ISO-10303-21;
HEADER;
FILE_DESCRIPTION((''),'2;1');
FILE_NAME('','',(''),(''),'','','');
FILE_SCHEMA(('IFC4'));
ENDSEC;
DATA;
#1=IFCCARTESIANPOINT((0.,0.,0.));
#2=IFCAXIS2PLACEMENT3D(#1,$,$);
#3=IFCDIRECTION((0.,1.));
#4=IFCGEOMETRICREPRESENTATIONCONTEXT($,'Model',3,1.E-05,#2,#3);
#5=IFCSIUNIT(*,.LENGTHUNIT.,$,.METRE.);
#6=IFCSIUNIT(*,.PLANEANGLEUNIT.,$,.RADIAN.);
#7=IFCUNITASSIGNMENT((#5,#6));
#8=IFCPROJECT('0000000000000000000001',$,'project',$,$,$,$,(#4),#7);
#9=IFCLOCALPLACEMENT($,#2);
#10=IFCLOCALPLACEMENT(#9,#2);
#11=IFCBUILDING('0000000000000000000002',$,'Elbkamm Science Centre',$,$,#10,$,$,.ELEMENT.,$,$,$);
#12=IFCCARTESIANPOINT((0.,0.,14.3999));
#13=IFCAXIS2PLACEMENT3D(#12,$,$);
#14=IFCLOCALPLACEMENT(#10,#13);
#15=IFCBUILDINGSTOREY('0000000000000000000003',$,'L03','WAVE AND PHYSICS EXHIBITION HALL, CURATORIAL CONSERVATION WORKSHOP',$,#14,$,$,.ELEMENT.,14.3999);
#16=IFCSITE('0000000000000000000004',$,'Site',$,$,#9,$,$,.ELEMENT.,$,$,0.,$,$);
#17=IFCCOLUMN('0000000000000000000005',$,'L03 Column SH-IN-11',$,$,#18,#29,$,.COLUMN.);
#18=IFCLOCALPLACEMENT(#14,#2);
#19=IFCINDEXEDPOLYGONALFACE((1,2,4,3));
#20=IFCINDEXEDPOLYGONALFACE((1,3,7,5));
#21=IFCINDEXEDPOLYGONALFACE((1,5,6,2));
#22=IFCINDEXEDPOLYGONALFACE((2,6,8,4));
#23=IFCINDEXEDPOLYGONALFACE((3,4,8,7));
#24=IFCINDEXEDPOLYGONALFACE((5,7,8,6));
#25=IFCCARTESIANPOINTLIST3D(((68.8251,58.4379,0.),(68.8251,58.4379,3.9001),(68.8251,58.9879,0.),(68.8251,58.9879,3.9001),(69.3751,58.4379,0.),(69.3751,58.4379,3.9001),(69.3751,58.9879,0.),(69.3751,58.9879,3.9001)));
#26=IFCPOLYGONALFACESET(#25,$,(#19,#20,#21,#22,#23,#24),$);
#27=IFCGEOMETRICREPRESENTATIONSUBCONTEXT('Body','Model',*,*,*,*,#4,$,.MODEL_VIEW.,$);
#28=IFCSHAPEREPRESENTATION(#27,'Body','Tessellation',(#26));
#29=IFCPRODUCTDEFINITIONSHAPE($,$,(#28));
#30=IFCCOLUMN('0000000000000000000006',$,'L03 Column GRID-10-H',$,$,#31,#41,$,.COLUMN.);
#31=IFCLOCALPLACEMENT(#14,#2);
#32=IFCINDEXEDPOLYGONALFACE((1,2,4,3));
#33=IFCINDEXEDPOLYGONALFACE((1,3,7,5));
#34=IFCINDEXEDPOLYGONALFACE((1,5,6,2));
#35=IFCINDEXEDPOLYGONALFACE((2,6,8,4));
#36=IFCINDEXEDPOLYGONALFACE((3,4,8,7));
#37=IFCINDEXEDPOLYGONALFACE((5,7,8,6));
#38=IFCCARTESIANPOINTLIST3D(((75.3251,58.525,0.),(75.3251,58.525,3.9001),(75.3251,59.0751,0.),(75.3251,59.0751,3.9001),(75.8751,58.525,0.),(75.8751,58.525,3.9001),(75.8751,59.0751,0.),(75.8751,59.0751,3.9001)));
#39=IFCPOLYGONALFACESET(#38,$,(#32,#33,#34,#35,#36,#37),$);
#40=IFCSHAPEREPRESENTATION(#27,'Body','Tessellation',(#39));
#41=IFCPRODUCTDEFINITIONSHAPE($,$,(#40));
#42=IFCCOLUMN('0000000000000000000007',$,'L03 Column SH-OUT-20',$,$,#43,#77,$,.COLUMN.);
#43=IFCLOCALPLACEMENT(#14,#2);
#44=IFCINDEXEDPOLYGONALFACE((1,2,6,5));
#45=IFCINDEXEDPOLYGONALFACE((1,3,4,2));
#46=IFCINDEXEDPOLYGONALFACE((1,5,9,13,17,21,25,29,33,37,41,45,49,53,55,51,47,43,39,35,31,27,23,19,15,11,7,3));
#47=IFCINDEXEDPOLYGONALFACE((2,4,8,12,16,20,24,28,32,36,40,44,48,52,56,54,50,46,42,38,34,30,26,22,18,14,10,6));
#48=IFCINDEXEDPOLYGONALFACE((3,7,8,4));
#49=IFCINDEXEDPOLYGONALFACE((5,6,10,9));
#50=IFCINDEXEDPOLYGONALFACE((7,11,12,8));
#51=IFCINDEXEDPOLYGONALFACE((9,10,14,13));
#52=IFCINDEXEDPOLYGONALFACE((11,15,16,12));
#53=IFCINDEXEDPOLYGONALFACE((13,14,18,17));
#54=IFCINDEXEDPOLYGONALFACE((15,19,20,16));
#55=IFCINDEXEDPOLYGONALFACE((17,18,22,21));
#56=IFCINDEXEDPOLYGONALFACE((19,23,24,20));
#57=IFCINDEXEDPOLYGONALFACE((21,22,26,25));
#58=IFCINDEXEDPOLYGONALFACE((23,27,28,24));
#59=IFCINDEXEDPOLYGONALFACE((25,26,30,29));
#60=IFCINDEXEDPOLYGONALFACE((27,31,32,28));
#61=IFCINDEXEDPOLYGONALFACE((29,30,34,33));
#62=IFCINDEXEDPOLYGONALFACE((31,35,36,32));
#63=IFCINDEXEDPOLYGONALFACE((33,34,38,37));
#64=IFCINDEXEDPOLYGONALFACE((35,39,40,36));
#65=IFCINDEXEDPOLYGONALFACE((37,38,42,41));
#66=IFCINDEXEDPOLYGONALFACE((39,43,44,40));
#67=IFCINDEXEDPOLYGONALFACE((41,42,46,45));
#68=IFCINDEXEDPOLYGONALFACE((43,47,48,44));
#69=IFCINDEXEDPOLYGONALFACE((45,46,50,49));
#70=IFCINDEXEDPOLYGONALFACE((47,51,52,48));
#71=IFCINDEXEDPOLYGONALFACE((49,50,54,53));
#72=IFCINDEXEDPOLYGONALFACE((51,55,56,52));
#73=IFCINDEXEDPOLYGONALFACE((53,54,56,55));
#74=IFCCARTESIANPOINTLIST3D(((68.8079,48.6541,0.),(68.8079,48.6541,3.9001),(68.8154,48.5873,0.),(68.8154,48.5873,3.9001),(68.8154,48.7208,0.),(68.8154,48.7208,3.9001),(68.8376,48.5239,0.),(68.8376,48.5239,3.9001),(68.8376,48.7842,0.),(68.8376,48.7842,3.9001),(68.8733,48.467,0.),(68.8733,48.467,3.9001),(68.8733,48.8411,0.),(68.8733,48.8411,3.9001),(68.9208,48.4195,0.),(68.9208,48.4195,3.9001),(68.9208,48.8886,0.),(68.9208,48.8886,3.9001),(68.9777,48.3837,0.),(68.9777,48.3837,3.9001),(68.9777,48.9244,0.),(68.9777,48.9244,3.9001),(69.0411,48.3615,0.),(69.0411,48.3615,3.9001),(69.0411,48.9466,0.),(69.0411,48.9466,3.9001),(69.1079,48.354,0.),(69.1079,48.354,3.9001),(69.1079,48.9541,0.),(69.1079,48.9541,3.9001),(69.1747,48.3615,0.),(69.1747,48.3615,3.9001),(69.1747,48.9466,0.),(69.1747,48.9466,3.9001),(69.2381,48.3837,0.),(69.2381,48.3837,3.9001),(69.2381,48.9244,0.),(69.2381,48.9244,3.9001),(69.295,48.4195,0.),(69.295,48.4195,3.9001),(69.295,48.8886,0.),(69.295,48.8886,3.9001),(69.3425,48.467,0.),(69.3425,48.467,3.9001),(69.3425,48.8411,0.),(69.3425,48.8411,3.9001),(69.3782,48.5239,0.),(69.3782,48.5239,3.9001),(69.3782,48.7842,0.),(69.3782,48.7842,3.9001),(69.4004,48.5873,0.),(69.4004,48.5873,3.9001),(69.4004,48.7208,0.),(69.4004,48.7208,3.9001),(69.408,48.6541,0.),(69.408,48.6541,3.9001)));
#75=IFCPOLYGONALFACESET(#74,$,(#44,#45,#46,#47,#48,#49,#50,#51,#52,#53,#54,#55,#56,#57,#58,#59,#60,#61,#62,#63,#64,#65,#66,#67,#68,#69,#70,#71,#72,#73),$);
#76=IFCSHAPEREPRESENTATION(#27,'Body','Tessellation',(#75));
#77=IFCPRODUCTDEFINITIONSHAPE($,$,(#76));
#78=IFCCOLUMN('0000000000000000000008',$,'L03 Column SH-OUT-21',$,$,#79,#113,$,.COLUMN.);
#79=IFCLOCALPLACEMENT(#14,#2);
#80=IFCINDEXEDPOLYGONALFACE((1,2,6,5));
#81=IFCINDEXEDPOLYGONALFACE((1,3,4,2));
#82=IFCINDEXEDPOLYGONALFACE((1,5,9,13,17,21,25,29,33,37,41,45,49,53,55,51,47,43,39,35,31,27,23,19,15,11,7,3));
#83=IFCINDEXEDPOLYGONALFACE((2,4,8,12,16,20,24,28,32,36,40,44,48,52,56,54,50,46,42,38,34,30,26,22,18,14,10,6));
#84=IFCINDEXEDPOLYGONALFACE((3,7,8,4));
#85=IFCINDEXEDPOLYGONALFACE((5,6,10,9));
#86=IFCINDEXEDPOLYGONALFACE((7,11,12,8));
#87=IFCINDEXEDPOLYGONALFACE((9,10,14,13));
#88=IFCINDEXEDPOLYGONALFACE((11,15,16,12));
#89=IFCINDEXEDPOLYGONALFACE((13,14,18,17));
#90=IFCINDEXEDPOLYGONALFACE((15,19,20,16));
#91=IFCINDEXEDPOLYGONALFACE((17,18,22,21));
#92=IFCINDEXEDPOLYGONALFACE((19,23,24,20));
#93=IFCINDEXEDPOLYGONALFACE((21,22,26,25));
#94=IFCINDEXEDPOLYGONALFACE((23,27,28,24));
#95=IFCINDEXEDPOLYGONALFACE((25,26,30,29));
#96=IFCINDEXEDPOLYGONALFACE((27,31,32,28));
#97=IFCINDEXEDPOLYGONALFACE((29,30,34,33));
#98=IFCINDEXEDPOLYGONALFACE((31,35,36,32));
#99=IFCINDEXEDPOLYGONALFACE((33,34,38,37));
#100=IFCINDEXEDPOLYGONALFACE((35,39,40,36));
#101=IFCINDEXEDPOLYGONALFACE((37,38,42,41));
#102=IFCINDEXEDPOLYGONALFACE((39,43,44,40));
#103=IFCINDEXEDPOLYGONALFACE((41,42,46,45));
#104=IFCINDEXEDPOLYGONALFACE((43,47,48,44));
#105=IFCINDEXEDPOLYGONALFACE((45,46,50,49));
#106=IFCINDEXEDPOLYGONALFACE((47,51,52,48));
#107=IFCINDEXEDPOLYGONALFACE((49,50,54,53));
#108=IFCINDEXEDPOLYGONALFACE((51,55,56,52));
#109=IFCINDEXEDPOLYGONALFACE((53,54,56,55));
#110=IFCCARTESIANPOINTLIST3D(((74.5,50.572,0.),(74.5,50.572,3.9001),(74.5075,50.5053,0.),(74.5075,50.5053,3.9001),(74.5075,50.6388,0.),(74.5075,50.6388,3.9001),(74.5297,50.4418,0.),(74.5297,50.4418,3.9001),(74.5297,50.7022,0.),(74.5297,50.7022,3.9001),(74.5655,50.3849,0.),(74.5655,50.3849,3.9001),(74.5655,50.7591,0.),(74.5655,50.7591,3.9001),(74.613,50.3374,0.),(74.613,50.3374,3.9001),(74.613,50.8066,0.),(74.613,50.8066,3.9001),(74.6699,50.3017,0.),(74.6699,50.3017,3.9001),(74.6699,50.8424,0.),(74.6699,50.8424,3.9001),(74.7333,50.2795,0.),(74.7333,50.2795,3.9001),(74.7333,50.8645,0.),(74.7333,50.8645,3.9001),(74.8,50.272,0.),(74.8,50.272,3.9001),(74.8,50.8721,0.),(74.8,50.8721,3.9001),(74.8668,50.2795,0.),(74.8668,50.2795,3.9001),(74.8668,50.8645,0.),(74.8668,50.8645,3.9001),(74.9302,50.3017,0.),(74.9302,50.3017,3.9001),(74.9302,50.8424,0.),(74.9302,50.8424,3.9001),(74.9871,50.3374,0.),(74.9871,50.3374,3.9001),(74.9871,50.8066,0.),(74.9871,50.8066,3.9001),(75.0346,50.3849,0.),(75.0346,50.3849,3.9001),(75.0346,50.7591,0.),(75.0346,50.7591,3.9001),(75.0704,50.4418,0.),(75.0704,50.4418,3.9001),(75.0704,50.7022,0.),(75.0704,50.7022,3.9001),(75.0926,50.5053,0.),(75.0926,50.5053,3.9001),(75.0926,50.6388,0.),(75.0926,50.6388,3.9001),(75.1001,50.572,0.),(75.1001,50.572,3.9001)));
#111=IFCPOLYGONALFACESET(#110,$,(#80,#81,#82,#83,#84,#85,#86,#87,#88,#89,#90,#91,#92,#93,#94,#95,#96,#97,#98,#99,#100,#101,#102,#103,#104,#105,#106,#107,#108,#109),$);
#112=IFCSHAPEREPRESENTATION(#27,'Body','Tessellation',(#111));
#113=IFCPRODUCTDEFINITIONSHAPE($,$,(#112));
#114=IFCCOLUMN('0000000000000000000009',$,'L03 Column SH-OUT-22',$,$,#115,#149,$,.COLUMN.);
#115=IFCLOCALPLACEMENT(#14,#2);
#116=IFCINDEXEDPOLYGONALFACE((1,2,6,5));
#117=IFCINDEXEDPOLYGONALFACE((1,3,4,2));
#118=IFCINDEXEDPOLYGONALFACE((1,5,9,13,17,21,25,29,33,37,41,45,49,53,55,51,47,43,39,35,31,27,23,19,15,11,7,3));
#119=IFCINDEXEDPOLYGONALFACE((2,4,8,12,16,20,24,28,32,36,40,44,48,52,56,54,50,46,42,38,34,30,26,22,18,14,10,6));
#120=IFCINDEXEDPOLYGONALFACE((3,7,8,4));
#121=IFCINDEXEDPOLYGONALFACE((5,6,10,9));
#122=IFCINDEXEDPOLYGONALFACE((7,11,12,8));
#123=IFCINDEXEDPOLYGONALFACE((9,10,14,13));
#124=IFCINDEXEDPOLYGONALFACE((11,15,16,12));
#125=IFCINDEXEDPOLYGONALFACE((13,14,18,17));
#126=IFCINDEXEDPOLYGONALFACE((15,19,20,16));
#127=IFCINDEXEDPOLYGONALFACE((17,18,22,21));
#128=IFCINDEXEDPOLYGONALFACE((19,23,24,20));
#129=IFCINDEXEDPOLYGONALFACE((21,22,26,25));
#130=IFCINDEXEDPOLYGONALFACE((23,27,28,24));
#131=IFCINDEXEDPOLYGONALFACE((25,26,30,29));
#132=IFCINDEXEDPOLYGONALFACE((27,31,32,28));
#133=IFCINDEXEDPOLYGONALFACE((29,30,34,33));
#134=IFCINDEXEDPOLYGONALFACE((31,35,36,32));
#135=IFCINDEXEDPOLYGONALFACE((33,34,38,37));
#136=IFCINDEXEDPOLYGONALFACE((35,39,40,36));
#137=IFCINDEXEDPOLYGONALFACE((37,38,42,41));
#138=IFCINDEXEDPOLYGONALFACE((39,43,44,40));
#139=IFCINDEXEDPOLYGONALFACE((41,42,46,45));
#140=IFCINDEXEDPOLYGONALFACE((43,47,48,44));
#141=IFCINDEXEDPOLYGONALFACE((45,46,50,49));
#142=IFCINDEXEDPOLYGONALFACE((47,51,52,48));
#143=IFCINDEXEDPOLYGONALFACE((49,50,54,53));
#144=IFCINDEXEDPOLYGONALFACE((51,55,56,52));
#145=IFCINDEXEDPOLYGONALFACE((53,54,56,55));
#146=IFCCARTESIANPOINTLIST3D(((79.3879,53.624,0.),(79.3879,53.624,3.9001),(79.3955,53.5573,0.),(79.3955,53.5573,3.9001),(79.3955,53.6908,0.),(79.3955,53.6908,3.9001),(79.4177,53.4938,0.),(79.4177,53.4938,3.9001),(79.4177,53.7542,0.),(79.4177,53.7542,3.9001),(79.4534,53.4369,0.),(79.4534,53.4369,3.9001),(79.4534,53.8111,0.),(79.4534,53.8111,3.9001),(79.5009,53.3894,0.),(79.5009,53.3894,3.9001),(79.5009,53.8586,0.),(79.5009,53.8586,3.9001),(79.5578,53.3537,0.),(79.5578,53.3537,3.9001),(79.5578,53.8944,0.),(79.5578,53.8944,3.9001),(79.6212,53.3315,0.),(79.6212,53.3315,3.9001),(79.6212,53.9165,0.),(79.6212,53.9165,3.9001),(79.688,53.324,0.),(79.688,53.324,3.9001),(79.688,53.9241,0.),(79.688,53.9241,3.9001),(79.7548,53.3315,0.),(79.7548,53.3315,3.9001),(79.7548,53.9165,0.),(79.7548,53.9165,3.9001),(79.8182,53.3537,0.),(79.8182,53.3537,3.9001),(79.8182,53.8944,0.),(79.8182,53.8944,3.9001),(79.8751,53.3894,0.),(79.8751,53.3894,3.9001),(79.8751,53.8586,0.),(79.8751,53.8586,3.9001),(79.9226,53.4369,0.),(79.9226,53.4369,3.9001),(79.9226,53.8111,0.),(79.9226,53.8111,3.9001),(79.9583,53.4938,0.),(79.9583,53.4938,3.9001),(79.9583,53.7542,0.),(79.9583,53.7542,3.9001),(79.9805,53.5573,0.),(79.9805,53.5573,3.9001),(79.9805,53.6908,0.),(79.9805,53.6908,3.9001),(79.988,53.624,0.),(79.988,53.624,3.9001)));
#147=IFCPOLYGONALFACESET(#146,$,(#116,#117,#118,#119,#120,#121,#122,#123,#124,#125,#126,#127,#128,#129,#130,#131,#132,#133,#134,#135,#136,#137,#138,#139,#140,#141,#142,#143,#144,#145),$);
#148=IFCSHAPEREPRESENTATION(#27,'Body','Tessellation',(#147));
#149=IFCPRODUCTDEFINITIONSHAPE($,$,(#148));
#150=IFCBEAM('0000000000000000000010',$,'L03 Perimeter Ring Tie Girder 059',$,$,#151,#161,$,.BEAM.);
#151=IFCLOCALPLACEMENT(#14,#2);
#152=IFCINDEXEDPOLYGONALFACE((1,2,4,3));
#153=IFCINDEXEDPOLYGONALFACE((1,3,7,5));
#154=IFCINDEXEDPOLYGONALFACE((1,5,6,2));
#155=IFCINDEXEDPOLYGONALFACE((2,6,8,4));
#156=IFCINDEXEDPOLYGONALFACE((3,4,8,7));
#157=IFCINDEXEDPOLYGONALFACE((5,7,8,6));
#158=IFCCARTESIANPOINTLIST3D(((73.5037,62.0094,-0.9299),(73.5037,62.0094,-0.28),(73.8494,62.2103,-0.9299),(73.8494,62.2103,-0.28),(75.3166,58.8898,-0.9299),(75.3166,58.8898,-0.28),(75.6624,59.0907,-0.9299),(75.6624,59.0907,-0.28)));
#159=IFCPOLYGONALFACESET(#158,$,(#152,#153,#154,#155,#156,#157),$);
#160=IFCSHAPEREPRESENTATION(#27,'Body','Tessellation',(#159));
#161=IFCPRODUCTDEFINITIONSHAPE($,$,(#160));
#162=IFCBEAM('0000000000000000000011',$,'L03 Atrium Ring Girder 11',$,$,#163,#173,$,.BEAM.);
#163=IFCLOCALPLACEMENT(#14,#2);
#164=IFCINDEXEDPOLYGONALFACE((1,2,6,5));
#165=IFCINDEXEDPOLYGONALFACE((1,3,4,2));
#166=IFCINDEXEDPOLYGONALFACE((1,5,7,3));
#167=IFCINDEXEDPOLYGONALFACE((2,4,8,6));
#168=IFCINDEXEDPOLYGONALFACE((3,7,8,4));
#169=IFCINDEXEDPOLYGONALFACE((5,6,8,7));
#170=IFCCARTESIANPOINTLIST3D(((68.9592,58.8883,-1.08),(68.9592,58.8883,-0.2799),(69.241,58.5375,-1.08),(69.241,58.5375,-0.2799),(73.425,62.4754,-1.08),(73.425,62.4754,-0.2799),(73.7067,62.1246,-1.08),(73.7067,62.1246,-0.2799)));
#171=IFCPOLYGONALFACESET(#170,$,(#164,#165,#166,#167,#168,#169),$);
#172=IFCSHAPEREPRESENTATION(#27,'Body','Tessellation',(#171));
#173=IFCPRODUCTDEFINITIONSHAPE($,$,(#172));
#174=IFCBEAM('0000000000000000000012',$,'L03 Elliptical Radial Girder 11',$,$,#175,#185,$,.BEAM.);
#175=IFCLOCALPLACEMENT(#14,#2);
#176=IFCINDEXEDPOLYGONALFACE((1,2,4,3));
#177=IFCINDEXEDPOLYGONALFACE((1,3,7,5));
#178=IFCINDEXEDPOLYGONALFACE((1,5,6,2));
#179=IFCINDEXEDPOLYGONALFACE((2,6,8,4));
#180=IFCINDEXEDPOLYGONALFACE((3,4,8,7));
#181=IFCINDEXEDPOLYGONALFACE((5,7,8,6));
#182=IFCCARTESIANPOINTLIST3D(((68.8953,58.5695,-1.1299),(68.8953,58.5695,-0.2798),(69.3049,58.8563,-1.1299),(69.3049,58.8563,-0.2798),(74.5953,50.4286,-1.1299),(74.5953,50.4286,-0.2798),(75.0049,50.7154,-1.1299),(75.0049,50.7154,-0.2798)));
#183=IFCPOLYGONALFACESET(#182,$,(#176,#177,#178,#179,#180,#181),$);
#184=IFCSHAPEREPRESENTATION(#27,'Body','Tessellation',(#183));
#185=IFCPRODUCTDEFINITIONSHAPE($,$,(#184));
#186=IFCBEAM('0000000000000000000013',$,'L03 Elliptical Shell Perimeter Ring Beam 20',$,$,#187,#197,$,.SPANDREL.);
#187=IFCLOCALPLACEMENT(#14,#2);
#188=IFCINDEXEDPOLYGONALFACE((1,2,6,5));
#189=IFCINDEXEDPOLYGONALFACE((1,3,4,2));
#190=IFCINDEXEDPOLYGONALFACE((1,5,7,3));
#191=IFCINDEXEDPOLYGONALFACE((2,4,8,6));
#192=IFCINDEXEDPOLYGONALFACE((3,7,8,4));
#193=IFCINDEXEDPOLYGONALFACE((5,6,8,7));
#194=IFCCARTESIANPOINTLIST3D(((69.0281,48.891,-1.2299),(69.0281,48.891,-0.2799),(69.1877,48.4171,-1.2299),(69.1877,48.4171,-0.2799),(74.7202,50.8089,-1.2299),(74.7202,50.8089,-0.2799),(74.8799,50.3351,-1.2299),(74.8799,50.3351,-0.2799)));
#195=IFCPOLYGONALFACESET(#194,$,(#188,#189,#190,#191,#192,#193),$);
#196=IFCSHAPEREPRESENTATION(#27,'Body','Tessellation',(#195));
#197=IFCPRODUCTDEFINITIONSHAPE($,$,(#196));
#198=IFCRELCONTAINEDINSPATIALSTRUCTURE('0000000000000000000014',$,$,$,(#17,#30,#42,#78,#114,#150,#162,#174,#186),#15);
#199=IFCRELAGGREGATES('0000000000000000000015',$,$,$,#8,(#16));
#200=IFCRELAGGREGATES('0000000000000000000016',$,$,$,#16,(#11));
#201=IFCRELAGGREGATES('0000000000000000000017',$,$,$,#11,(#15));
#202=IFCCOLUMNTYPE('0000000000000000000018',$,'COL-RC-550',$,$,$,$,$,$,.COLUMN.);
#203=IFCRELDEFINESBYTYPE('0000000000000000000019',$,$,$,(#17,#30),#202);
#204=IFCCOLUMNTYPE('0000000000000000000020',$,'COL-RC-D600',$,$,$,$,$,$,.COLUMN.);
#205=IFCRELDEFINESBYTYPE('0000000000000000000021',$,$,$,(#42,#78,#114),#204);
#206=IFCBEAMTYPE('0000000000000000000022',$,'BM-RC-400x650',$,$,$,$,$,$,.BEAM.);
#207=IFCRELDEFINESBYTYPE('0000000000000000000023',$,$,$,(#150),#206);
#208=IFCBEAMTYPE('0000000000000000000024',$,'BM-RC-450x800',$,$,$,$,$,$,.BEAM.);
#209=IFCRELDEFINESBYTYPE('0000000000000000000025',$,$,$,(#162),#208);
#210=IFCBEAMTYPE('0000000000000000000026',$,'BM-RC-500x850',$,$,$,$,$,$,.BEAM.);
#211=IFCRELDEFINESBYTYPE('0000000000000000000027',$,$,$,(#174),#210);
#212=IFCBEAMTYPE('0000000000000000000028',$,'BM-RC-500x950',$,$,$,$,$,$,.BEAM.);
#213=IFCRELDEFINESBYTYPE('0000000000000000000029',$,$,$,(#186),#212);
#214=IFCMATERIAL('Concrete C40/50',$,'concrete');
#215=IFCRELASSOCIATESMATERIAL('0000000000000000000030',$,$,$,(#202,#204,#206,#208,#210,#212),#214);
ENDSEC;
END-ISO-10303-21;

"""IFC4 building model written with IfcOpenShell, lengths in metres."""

from ifc_helpers import new_model, si_unit, direction, frame, origin, origin_2d, place, context, subcontext, project, spatial, rectangle, circle, extrude, material, material_profile, profile_set, type_object, element, save


model = new_model("IFC4")

# Units and contexts
model_context = context("Model", 3, precision=1e-05, world=origin(), true_north=direction((0.0, 1.0)))
body_context = subcontext(model_context, "Body", "Model", "MODEL_VIEW")
ifc_project = project(units=[si_unit("LENGTHUNIT", "METRE"), si_unit("PLANEANGLEUNIT", "RADIAN")], contexts=[model_context])

# Site, building, storey
site_placement = place(None, origin())
site = spatial("IfcSite", under=ifc_project, at=site_placement, Name="Site", CompositionType="ELEMENT", RefElevation=0.0)
building_placement = place(site_placement, origin())
building = spatial("IfcBuilding", under=site, at=building_placement, Name="Elbkamm Science Centre", CompositionType="ELEMENT")
storey_placement = place(building_placement, frame((0.0, 0.0, 14.3999)))
storey = spatial("IfcBuildingStorey", under=building, at=storey_placement, Name="L03", Description="WAVE AND PHYSICS EXHIBITION HALL, CURATORIAL CONSERVATION WORKSHOP", CompositionType="ELEMENT", Elevation=14.3999)

# Columns
ifc_material_1 = material(Name="Concrete C40/50", Category="concrete")
ifc_material_profile_1 = material_profile(ifc_material_1, rectangle(XDim=0.55, YDim=0.55, at=origin_2d()), Name="RC 550x550")
ifc_profile_set_1 = profile_set([ifc_material_profile_1], Name="Concrete C40/50")
column_type_1 = type_object("IfcColumnType", Name="COL-RC-550", PredefinedType="COLUMN", material=ifc_profile_set_1)
for number, where, z_axis, x_axis, name in (
    (1, (69.1001, 58.7129, 0.0), (0.0, 0.0, 1.0), (1.0, 0.0, 0.0), "L03 Column SH-IN-11"),
    (2, (75.6001, 58.8, 0.0), (0.0, 0.0, 1.0), (1.0, 0.0, 0.0), "L03 Column GRID-10-H"),
):
    element("IfcColumn", number, at=place(storey_placement, frame(where, z_axis=z_axis, x_axis=x_axis)), inside=storey, type_object=column_type_1, Name=name, PredefinedType="COLUMN", context=body_context, shape_type="SweptSolid", body=[
        extrude(rectangle(XDim=0.55, YDim=0.55, at=origin_2d()), origin(), (0.0, 0.0, 1.0), 3.9001),
    ])
ifc_material_profile_2 = material_profile(ifc_material_1, circle(Radius=0.3, at=origin_2d()), Name="RC D600")
ifc_profile_set_2 = profile_set([ifc_material_profile_2], Name="Concrete C40/50")
column_type_2 = type_object("IfcColumnType", Name="COL-RC-D600", PredefinedType="COLUMN", material=ifc_profile_set_2)
for number, where, z_axis, x_axis, name in (
    (3, (69.1079, 48.6541, 0.0), (0.0, 0.0, 1.0), (1.0, 0.0, 0.0), "L03 Column SH-OUT-20"),
    (4, (74.8, 50.572, 0.0), (0.0, 0.0, 1.0), (1.0, 0.0, 0.0), "L03 Column SH-OUT-21"),
    (5, (79.688, 53.624, 0.0), (0.0, 0.0, 1.0), (1.0, 0.0, 0.0), "L03 Column SH-OUT-22"),
):
    element("IfcColumn", number, at=place(storey_placement, frame(where, z_axis=z_axis, x_axis=x_axis)), inside=storey, type_object=column_type_2, Name=name, PredefinedType="COLUMN", context=body_context, shape_type="SweptSolid", body=[
        extrude(circle(Radius=0.3, at=origin_2d()), origin(), (0.0, 0.0, 1.0), 3.9001),
    ])

# Beams
ifc_material_profile_3 = material_profile(ifc_material_1, rectangle(XDim=0.3999, YDim=0.6499, at=origin_2d()), Name="RC 400x650")
ifc_profile_set_3 = profile_set([ifc_material_profile_3], Name="Concrete C40/50")
beam_type_1 = type_object("IfcBeamType", Name="BM-RC-400x650", PredefinedType="BEAM", material=ifc_profile_set_3)
beam_1_placement = place(storey_placement, frame((75.4895, 58.9902, -0.605), z_axis=(-0.502465, 0.864597, 0.0), x_axis=(-0.864597, -0.502465, 0.0)))
element("IfcBeam", 6, at=beam_1_placement, inside=storey, type_object=beam_type_1, Name="L03 Perimeter Ring Tie Girder 059", PredefinedType="BEAM", context=body_context, shape_type="SweptSolid", body=[
    extrude(rectangle(XDim=0.3999, YDim=0.6499, at=origin_2d()), origin(), (0.0, 0.0, 1.0), 3.6082),
])
ifc_material_profile_4 = material_profile(ifc_material_1, rectangle(XDim=0.45, YDim=0.8, at=origin_2d()), Name="RC 450x800")
ifc_profile_set_4 = profile_set([ifc_material_profile_4], Name="Concrete C40/50")
beam_type_2 = type_object("IfcBeamType", Name="BM-RC-450x800", PredefinedType="BEAM", material=ifc_profile_set_4)
beam_2_placement = place(storey_placement, frame((69.1001, 58.7129, -0.6799), z_axis=(0.779632, 0.626238, 0.0), x_axis=(-0.626238, 0.779632, 0.0)))
element("IfcBeam", 7, at=beam_2_placement, inside=storey, type_object=beam_type_2, Name="L03 Atrium Ring Girder 11", PredefinedType="BEAM", context=body_context, shape_type="SweptSolid", body=[
    extrude(rectangle(XDim=0.45, YDim=0.8, at=origin_2d()), origin(), (0.0, 0.0, 1.0), 5.728),
])
ifc_material_profile_5 = material_profile(ifc_material_1, rectangle(XDim=0.5, YDim=0.8501, at=origin_2d()), Name="RC 500x850")
ifc_profile_set_5 = profile_set([ifc_material_profile_5], Name="Concrete C40/50")
beam_type_3 = type_object("IfcBeamType", Name="BM-RC-500x850", PredefinedType="BEAM", material=ifc_profile_set_5)
beam_3_placement = place(storey_placement, frame((69.1001, 58.7129, -0.7048), z_axis=(0.573553, -0.819168, 0.0), x_axis=(0.819168, 0.573553, 0.0)))
element("IfcBeam", 8, at=beam_3_placement, inside=storey, type_object=beam_type_3, Name="L03 Elliptical Radial Girder 11", PredefinedType="BEAM", context=body_context, shape_type="SweptSolid", body=[
    extrude(rectangle(XDim=0.5, YDim=0.8501, at=origin_2d()), origin(), (0.0, 0.0, 1.0), 9.938),
])
ifc_material_profile_6 = material_profile(ifc_material_1, rectangle(XDim=0.5, YDim=0.95, at=origin_2d()), Name="RC 500x950")
ifc_profile_set_6 = profile_set([ifc_material_profile_6], Name="Concrete C40/50")
beam_type_4 = type_object("IfcBeamType", Name="BM-RC-500x950", PredefinedType="BEAM", material=ifc_profile_set_6)
beam_4_placement = place(storey_placement, frame((69.1079, 48.6541, -0.7549), z_axis=(0.94765, 0.319311, 0.0), x_axis=(-0.319311, 0.94765, 0.0)))
element("IfcBeam", 9, at=beam_4_placement, inside=storey, type_object=beam_type_4, Name="L03 Elliptical Shell Perimeter Ring Beam 20", PredefinedType="SPANDREL", context=body_context, shape_type="SweptSolid", body=[
    extrude(rectangle(XDim=0.5, YDim=0.95, at=origin_2d()), origin(), (0.0, 0.0, 1.0), 6.0066),
])

save(model, "model.ifc")
